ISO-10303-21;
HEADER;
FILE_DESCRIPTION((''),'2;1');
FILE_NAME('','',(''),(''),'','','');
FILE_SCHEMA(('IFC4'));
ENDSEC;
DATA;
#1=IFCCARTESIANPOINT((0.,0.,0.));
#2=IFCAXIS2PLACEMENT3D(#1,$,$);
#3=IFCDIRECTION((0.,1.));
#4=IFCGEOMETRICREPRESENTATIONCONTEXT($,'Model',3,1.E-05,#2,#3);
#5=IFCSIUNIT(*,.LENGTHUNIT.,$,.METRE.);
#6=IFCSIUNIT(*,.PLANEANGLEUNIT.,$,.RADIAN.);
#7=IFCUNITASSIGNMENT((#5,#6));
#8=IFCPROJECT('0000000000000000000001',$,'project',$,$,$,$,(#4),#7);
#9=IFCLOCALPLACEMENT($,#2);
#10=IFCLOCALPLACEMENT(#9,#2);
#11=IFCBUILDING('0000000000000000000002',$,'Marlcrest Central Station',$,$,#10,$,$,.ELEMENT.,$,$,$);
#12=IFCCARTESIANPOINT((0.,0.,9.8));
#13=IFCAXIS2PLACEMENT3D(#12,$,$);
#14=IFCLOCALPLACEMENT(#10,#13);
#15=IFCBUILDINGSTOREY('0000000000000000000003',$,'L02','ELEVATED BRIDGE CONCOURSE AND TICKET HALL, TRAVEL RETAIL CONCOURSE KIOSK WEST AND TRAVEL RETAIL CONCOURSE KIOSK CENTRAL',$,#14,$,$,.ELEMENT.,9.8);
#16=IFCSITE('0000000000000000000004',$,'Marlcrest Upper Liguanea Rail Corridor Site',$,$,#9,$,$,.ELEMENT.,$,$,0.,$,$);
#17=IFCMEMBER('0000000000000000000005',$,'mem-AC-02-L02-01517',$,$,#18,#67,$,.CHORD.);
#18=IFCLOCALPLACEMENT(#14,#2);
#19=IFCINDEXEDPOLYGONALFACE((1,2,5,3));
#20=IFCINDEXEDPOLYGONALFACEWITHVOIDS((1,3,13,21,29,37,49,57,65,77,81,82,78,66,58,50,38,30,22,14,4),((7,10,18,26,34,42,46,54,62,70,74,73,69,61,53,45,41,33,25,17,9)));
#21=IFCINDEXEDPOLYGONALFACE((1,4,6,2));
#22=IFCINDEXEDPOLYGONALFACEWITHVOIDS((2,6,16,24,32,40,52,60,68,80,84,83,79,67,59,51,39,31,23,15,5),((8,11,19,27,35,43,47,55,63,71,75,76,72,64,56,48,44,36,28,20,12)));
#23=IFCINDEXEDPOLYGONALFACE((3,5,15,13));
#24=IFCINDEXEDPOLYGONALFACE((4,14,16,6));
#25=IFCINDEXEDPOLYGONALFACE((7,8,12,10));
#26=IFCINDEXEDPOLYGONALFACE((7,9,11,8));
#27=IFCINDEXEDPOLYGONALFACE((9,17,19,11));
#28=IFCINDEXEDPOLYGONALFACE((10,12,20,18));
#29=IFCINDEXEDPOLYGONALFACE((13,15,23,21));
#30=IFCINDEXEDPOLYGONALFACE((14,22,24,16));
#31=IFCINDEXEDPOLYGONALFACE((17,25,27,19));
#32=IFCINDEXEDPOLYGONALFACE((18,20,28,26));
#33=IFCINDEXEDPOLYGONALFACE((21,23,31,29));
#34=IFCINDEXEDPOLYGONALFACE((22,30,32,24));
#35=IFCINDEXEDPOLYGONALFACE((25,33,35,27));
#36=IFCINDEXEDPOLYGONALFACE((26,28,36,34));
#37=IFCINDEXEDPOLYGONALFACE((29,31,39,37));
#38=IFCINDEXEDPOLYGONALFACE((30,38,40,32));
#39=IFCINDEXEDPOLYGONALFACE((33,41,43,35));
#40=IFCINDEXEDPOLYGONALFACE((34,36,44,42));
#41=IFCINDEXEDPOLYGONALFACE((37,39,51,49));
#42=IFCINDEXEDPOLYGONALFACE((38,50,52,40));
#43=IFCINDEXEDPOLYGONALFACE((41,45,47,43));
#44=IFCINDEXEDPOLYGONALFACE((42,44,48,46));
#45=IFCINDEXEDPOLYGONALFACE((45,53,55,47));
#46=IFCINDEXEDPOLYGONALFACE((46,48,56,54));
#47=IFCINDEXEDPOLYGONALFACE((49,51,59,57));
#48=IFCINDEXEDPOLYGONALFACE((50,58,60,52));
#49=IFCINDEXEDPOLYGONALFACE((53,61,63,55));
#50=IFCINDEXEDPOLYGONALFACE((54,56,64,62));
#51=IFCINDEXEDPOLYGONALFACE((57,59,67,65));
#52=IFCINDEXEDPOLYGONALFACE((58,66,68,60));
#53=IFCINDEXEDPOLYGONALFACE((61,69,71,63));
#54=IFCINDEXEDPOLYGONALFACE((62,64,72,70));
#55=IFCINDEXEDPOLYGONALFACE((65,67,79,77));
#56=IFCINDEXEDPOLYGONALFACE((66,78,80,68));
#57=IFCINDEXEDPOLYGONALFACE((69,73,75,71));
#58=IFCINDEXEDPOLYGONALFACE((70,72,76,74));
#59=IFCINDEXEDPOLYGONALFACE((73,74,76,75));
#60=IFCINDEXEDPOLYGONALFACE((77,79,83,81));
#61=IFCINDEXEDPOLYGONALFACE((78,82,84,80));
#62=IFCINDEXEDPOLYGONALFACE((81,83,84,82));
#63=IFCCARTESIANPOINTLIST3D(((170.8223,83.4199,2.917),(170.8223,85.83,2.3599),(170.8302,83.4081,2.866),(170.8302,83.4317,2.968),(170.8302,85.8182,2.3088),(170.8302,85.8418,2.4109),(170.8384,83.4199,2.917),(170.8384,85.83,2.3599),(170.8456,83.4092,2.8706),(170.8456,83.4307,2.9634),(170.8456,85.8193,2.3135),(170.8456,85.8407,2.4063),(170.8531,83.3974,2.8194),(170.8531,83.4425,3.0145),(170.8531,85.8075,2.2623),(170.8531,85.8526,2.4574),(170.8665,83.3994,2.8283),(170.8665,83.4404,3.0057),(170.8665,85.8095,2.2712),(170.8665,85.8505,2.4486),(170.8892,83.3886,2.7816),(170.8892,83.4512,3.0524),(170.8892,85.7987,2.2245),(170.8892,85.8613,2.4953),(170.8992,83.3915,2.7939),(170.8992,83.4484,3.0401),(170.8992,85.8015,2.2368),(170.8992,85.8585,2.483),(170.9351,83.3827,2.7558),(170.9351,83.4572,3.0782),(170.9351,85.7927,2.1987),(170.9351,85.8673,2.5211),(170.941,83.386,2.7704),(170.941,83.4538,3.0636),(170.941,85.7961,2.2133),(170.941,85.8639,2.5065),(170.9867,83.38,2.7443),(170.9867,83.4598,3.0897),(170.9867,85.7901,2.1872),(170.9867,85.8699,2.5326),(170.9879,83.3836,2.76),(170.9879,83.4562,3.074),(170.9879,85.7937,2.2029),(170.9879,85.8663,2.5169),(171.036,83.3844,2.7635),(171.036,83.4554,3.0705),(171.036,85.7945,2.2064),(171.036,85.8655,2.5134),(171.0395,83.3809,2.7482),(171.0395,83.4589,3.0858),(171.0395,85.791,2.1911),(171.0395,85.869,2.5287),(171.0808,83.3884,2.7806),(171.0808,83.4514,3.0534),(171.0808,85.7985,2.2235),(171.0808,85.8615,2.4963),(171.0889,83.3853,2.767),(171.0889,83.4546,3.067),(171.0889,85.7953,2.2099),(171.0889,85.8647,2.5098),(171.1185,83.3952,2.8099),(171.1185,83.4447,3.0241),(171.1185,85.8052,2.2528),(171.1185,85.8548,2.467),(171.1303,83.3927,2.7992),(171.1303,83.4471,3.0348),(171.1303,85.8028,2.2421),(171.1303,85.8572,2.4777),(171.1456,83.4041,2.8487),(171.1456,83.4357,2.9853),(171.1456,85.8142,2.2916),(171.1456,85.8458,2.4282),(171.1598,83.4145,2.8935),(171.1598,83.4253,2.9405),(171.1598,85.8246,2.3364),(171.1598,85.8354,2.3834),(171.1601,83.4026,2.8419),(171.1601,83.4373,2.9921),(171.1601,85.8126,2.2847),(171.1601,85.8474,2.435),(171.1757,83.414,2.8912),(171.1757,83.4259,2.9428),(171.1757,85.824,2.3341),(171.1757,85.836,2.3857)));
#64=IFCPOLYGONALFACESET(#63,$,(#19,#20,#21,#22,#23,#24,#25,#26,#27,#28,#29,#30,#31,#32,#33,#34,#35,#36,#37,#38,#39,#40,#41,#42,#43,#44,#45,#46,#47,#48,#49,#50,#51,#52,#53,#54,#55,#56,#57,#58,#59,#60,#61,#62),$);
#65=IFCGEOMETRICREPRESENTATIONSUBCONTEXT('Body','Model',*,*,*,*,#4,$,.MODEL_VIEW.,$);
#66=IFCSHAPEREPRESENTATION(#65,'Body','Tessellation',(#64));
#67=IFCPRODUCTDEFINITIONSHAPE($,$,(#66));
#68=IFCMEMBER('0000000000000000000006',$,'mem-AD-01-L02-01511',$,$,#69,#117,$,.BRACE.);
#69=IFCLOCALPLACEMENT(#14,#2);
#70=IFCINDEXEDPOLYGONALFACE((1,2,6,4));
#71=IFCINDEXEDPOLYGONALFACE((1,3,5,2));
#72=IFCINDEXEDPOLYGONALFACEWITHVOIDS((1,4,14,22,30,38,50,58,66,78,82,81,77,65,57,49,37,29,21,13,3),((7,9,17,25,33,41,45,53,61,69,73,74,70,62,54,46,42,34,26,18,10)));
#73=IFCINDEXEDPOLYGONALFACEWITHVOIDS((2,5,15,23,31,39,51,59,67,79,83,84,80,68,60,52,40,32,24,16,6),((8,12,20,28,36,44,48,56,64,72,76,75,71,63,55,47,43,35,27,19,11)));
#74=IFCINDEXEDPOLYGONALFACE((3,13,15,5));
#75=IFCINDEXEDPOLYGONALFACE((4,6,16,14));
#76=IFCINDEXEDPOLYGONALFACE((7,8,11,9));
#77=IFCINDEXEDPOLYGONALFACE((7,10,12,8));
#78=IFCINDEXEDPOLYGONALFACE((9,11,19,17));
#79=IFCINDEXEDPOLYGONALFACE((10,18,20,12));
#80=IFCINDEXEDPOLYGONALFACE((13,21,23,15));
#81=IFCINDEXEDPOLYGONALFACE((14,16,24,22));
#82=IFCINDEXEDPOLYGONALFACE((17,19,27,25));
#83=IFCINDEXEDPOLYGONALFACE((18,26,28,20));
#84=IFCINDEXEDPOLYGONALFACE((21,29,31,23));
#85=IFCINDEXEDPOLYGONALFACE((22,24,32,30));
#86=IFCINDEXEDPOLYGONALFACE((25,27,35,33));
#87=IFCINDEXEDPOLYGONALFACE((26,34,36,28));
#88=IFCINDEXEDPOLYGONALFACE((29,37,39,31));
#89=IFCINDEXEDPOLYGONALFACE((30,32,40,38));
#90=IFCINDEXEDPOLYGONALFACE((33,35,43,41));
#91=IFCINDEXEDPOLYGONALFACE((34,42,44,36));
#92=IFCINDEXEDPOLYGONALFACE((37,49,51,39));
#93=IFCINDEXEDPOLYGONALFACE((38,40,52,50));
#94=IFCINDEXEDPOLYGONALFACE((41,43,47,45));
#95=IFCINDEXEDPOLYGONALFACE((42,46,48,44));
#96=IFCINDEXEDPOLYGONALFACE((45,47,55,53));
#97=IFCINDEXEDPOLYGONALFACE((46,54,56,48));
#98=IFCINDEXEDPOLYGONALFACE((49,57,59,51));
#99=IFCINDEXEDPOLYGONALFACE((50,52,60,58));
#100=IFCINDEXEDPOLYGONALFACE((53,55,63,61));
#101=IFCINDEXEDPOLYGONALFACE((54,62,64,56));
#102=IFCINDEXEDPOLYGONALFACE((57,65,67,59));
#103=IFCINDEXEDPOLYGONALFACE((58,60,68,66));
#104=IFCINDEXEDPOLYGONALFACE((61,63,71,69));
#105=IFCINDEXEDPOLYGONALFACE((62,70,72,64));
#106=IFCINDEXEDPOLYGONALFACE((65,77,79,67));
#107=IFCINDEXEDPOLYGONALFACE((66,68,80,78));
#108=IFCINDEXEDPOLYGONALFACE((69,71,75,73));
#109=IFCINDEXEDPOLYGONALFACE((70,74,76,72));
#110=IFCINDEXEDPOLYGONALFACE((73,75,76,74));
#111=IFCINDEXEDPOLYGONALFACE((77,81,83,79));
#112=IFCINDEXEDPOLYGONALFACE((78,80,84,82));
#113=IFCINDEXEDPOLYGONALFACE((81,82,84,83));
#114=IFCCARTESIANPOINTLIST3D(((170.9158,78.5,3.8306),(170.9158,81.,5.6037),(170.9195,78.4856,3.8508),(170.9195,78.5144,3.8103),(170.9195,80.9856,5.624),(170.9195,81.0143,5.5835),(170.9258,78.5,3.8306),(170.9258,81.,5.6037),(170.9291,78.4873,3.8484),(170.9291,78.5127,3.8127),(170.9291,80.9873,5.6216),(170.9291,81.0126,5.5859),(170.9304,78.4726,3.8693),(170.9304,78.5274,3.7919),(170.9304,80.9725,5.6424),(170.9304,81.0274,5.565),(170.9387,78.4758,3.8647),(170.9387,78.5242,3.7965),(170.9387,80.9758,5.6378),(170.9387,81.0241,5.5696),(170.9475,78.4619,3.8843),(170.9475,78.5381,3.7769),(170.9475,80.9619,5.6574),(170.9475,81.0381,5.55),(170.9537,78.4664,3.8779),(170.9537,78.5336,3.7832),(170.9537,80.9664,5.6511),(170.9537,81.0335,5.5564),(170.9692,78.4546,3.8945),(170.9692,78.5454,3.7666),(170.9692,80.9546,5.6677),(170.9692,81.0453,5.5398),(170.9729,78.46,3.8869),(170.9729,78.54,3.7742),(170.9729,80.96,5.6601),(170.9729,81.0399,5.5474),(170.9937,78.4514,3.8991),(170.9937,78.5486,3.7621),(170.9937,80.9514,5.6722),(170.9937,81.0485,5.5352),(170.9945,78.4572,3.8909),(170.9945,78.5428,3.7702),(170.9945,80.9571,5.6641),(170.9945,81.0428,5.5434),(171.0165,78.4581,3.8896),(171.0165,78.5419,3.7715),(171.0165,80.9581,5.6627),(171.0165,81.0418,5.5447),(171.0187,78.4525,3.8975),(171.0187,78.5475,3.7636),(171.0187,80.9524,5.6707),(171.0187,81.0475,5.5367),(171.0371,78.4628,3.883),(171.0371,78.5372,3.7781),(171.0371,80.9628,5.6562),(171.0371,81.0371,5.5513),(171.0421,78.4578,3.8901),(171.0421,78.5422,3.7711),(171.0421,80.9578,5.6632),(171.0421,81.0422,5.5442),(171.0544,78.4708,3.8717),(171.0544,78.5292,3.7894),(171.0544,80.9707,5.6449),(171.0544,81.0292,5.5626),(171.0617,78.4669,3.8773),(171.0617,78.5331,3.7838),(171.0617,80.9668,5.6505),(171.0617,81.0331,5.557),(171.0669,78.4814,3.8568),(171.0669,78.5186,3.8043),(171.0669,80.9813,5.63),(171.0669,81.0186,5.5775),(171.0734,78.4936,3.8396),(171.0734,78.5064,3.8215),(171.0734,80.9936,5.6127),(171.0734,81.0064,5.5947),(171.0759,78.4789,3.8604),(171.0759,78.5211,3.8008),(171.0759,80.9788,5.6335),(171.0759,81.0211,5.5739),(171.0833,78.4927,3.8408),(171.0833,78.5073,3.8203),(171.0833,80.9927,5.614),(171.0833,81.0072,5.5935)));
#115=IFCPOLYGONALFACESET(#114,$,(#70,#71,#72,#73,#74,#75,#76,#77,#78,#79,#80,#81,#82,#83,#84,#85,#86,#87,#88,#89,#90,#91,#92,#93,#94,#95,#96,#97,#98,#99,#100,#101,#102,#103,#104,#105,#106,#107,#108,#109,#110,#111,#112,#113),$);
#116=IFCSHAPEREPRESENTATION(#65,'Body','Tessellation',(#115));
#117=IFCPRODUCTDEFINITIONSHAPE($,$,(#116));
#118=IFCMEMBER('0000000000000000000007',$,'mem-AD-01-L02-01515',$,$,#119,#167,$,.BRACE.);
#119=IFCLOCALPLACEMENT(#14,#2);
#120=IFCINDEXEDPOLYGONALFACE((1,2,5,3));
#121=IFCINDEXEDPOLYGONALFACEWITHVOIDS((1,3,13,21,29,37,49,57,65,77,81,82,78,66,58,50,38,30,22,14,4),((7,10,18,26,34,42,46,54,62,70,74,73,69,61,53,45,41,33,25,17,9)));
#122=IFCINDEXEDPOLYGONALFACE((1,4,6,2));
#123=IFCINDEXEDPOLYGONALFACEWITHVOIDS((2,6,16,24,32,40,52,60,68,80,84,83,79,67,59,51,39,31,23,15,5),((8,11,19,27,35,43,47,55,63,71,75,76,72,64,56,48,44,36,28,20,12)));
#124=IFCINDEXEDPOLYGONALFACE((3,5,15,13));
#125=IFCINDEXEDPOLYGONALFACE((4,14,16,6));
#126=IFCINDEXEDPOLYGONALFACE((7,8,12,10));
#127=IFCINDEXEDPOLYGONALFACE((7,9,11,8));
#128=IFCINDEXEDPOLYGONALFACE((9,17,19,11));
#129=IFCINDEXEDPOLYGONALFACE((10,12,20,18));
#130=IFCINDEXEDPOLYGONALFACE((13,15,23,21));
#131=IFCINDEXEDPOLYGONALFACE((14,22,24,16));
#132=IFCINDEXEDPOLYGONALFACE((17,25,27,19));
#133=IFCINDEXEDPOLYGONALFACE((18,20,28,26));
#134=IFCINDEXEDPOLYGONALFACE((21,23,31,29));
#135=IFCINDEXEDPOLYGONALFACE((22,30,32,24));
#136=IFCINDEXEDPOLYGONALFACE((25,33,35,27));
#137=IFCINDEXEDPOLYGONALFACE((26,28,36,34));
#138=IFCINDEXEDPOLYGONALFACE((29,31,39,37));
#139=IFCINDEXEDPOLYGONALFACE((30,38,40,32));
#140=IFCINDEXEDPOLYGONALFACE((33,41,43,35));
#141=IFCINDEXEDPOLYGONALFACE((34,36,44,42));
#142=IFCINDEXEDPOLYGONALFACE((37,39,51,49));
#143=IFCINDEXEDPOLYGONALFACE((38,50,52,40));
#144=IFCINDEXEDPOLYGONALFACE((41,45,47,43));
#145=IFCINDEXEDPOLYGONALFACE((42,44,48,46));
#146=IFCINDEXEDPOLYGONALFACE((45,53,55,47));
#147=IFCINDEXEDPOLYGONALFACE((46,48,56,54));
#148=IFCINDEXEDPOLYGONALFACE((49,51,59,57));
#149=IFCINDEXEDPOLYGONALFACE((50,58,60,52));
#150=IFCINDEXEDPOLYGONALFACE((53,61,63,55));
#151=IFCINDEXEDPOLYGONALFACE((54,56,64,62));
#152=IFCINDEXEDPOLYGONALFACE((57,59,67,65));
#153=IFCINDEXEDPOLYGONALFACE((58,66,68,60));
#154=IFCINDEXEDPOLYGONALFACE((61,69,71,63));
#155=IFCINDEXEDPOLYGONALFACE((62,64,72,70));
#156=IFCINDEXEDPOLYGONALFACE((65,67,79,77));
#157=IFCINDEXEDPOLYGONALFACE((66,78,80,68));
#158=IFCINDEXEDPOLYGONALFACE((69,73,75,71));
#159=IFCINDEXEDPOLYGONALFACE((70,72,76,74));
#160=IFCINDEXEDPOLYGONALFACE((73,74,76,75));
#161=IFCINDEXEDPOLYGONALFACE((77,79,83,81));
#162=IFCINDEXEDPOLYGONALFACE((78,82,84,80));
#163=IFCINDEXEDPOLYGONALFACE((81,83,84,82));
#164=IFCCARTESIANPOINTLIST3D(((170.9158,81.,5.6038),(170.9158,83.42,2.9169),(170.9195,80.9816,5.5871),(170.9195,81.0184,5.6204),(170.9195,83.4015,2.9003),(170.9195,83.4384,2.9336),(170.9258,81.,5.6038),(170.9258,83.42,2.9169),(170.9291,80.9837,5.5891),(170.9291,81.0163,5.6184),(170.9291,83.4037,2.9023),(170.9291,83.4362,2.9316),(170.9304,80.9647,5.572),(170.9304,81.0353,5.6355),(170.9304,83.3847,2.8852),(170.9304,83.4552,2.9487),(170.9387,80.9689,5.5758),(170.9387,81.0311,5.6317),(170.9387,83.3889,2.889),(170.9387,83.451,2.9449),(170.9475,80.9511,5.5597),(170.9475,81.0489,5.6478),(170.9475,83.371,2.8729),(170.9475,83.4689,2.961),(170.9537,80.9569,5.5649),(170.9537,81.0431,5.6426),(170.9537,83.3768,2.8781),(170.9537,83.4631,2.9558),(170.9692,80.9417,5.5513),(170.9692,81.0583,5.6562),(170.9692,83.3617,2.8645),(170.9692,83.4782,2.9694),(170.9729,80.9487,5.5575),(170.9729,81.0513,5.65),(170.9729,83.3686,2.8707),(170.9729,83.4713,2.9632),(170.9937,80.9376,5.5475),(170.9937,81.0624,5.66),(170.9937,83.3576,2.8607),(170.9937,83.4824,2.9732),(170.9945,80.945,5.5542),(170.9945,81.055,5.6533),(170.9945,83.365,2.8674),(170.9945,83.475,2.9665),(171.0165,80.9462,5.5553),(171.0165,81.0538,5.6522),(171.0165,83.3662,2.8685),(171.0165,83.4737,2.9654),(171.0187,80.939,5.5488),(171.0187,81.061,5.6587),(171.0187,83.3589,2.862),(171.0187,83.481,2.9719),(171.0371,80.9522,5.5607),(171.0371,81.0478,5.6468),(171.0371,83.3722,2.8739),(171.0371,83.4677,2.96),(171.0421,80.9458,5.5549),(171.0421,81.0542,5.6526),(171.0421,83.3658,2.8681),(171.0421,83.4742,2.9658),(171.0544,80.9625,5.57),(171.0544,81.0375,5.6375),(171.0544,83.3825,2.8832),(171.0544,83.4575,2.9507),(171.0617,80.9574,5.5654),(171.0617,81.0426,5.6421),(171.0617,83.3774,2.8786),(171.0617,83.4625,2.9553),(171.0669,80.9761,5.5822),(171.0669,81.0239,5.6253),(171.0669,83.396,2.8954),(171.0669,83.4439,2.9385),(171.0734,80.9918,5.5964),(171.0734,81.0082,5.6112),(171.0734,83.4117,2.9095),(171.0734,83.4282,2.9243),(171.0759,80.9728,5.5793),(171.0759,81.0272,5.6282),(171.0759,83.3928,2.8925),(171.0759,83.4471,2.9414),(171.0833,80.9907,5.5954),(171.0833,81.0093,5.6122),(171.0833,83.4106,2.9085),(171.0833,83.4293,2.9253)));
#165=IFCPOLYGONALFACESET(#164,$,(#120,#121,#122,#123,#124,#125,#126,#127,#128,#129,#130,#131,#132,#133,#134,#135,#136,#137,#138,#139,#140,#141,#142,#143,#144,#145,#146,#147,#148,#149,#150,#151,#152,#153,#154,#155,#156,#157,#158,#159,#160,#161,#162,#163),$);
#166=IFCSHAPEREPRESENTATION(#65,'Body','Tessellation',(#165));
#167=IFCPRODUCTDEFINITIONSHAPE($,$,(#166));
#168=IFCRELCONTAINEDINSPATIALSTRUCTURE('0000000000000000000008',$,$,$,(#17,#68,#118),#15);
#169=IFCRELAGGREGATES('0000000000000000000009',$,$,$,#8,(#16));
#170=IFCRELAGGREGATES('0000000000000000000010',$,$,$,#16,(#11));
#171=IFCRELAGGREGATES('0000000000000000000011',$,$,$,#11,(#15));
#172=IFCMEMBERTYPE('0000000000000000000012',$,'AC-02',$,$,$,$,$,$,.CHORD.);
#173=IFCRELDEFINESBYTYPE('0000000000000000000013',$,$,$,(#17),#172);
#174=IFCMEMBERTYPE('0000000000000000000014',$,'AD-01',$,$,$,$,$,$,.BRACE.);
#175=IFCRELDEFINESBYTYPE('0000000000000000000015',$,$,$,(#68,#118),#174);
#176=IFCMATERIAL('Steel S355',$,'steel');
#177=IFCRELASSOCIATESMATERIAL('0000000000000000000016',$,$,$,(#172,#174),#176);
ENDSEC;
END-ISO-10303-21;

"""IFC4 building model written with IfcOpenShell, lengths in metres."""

from ifc_helpers import new_model, si_unit, direction, frame, origin, origin_2d, place, context, subcontext, project, spatial, hollow_circle, extrude, material, material_profile, profile_set, type_object, element, save


model = new_model("IFC4")

# Units and contexts
model_context = context("Model", 3, precision=1e-05, world=origin(), true_north=direction((0.0, 1.0)))
body_context = subcontext(model_context, "Body", "Model", "MODEL_VIEW")
ifc_project = project(units=[si_unit("LENGTHUNIT", "METRE"), si_unit("PLANEANGLEUNIT", "RADIAN")], contexts=[model_context])

# Site, building, storey
site_placement = place(None, origin())
site = spatial("IfcSite", under=ifc_project, at=site_placement, Name="Marlcrest Upper Liguanea Rail Corridor Site", CompositionType="ELEMENT", RefElevation=0.0)
building_placement = place(site_placement, origin())
building = spatial("IfcBuilding", under=site, at=building_placement, Name="Marlcrest Central Station", CompositionType="ELEMENT")
storey_placement = place(building_placement, frame((0.0, 0.0, 9.8)))
storey = spatial("IfcBuildingStorey", under=building, at=storey_placement, Name="L02", Description="ELEVATED BRIDGE CONCOURSE AND TICKET HALL, TRAVEL RETAIL CONCOURSE KIOSK WEST AND TRAVEL RETAIL CONCOURSE KIOSK CENTRAL", CompositionType="ELEMENT", Elevation=9.8)

# Members
ifc_material_1 = material(Name="Steel S355", Category="steel")
ifc_material_profile_1 = material_profile(ifc_material_1, hollow_circle(Radius=0.1777, WallThickness=0.0161, at=origin_2d()), Name="CHS 355.6x16")
ifc_profile_set_1 = profile_set([ifc_material_profile_1], Name="Steel S355")
member_type_1 = type_object("IfcMemberType", Name="AC-02", PredefinedType="CHORD", material=ifc_profile_set_1)
member_1_placement = place(storey_placement, frame((171.0, 83.4199, 2.917), z_axis=(0.0, 0.974308, -0.22522), x_axis=(-1.0, 0.0, 0.0)))
element("IfcMember", 1, at=member_1_placement, inside=storey, type_object=member_type_1, Name="mem-AC-02-L02-01517", PredefinedType="CHORD", context=body_context, shape_type="SweptSolid", body=[
    extrude(hollow_circle(Radius=0.1777, WallThickness=0.0161, at=origin_2d()), origin(), (0.0, 0.0, 1.0), 2.4736),
])
ifc_material_profile_2 = material_profile(ifc_material_1, hollow_circle(Radius=0.0842, WallThickness=0.01, at=origin_2d()), Name="CHS 168.3x10")
ifc_profile_set_2 = profile_set([ifc_material_profile_2], Name="Steel S355")
member_type_2 = type_object("IfcMemberType", Name="AD-01", PredefinedType="BRACE", material=ifc_profile_set_2)
member_2_placement = place(storey_placement, frame((171.0, 78.5, 3.8306), z_axis=(0.0, 0.815661, 0.57853), x_axis=(-1.0, 0.0, 0.0)))
element("IfcMember", 2, at=member_2_placement, inside=storey, type_object=member_type_2, Name="mem-AD-01-L02-01511", PredefinedType="BRACE", context=body_context, shape_type="SweptSolid", body=[
    extrude(hollow_circle(Radius=0.0842, WallThickness=0.01, at=origin_2d()), origin(), (0.0, 0.0, 1.0), 3.0649),
])
member_3_placement = place(storey_placement, frame((171.0, 81.0, 5.6038), z_axis=(0.0, 0.669244, -0.743042), x_axis=(-1.0, 0.0, 0.0)))
element("IfcMember", 3, at=member_3_placement, inside=storey, type_object=member_type_2, Name="mem-AD-01-L02-01515", PredefinedType="BRACE", context=body_context, shape_type="SweptSolid", body=[
    extrude(hollow_circle(Radius=0.0842, WallThickness=0.01, at=origin_2d()), origin(), (0.0, 0.0, 1.0), 3.616),
])

save(model, "model.ifc")
